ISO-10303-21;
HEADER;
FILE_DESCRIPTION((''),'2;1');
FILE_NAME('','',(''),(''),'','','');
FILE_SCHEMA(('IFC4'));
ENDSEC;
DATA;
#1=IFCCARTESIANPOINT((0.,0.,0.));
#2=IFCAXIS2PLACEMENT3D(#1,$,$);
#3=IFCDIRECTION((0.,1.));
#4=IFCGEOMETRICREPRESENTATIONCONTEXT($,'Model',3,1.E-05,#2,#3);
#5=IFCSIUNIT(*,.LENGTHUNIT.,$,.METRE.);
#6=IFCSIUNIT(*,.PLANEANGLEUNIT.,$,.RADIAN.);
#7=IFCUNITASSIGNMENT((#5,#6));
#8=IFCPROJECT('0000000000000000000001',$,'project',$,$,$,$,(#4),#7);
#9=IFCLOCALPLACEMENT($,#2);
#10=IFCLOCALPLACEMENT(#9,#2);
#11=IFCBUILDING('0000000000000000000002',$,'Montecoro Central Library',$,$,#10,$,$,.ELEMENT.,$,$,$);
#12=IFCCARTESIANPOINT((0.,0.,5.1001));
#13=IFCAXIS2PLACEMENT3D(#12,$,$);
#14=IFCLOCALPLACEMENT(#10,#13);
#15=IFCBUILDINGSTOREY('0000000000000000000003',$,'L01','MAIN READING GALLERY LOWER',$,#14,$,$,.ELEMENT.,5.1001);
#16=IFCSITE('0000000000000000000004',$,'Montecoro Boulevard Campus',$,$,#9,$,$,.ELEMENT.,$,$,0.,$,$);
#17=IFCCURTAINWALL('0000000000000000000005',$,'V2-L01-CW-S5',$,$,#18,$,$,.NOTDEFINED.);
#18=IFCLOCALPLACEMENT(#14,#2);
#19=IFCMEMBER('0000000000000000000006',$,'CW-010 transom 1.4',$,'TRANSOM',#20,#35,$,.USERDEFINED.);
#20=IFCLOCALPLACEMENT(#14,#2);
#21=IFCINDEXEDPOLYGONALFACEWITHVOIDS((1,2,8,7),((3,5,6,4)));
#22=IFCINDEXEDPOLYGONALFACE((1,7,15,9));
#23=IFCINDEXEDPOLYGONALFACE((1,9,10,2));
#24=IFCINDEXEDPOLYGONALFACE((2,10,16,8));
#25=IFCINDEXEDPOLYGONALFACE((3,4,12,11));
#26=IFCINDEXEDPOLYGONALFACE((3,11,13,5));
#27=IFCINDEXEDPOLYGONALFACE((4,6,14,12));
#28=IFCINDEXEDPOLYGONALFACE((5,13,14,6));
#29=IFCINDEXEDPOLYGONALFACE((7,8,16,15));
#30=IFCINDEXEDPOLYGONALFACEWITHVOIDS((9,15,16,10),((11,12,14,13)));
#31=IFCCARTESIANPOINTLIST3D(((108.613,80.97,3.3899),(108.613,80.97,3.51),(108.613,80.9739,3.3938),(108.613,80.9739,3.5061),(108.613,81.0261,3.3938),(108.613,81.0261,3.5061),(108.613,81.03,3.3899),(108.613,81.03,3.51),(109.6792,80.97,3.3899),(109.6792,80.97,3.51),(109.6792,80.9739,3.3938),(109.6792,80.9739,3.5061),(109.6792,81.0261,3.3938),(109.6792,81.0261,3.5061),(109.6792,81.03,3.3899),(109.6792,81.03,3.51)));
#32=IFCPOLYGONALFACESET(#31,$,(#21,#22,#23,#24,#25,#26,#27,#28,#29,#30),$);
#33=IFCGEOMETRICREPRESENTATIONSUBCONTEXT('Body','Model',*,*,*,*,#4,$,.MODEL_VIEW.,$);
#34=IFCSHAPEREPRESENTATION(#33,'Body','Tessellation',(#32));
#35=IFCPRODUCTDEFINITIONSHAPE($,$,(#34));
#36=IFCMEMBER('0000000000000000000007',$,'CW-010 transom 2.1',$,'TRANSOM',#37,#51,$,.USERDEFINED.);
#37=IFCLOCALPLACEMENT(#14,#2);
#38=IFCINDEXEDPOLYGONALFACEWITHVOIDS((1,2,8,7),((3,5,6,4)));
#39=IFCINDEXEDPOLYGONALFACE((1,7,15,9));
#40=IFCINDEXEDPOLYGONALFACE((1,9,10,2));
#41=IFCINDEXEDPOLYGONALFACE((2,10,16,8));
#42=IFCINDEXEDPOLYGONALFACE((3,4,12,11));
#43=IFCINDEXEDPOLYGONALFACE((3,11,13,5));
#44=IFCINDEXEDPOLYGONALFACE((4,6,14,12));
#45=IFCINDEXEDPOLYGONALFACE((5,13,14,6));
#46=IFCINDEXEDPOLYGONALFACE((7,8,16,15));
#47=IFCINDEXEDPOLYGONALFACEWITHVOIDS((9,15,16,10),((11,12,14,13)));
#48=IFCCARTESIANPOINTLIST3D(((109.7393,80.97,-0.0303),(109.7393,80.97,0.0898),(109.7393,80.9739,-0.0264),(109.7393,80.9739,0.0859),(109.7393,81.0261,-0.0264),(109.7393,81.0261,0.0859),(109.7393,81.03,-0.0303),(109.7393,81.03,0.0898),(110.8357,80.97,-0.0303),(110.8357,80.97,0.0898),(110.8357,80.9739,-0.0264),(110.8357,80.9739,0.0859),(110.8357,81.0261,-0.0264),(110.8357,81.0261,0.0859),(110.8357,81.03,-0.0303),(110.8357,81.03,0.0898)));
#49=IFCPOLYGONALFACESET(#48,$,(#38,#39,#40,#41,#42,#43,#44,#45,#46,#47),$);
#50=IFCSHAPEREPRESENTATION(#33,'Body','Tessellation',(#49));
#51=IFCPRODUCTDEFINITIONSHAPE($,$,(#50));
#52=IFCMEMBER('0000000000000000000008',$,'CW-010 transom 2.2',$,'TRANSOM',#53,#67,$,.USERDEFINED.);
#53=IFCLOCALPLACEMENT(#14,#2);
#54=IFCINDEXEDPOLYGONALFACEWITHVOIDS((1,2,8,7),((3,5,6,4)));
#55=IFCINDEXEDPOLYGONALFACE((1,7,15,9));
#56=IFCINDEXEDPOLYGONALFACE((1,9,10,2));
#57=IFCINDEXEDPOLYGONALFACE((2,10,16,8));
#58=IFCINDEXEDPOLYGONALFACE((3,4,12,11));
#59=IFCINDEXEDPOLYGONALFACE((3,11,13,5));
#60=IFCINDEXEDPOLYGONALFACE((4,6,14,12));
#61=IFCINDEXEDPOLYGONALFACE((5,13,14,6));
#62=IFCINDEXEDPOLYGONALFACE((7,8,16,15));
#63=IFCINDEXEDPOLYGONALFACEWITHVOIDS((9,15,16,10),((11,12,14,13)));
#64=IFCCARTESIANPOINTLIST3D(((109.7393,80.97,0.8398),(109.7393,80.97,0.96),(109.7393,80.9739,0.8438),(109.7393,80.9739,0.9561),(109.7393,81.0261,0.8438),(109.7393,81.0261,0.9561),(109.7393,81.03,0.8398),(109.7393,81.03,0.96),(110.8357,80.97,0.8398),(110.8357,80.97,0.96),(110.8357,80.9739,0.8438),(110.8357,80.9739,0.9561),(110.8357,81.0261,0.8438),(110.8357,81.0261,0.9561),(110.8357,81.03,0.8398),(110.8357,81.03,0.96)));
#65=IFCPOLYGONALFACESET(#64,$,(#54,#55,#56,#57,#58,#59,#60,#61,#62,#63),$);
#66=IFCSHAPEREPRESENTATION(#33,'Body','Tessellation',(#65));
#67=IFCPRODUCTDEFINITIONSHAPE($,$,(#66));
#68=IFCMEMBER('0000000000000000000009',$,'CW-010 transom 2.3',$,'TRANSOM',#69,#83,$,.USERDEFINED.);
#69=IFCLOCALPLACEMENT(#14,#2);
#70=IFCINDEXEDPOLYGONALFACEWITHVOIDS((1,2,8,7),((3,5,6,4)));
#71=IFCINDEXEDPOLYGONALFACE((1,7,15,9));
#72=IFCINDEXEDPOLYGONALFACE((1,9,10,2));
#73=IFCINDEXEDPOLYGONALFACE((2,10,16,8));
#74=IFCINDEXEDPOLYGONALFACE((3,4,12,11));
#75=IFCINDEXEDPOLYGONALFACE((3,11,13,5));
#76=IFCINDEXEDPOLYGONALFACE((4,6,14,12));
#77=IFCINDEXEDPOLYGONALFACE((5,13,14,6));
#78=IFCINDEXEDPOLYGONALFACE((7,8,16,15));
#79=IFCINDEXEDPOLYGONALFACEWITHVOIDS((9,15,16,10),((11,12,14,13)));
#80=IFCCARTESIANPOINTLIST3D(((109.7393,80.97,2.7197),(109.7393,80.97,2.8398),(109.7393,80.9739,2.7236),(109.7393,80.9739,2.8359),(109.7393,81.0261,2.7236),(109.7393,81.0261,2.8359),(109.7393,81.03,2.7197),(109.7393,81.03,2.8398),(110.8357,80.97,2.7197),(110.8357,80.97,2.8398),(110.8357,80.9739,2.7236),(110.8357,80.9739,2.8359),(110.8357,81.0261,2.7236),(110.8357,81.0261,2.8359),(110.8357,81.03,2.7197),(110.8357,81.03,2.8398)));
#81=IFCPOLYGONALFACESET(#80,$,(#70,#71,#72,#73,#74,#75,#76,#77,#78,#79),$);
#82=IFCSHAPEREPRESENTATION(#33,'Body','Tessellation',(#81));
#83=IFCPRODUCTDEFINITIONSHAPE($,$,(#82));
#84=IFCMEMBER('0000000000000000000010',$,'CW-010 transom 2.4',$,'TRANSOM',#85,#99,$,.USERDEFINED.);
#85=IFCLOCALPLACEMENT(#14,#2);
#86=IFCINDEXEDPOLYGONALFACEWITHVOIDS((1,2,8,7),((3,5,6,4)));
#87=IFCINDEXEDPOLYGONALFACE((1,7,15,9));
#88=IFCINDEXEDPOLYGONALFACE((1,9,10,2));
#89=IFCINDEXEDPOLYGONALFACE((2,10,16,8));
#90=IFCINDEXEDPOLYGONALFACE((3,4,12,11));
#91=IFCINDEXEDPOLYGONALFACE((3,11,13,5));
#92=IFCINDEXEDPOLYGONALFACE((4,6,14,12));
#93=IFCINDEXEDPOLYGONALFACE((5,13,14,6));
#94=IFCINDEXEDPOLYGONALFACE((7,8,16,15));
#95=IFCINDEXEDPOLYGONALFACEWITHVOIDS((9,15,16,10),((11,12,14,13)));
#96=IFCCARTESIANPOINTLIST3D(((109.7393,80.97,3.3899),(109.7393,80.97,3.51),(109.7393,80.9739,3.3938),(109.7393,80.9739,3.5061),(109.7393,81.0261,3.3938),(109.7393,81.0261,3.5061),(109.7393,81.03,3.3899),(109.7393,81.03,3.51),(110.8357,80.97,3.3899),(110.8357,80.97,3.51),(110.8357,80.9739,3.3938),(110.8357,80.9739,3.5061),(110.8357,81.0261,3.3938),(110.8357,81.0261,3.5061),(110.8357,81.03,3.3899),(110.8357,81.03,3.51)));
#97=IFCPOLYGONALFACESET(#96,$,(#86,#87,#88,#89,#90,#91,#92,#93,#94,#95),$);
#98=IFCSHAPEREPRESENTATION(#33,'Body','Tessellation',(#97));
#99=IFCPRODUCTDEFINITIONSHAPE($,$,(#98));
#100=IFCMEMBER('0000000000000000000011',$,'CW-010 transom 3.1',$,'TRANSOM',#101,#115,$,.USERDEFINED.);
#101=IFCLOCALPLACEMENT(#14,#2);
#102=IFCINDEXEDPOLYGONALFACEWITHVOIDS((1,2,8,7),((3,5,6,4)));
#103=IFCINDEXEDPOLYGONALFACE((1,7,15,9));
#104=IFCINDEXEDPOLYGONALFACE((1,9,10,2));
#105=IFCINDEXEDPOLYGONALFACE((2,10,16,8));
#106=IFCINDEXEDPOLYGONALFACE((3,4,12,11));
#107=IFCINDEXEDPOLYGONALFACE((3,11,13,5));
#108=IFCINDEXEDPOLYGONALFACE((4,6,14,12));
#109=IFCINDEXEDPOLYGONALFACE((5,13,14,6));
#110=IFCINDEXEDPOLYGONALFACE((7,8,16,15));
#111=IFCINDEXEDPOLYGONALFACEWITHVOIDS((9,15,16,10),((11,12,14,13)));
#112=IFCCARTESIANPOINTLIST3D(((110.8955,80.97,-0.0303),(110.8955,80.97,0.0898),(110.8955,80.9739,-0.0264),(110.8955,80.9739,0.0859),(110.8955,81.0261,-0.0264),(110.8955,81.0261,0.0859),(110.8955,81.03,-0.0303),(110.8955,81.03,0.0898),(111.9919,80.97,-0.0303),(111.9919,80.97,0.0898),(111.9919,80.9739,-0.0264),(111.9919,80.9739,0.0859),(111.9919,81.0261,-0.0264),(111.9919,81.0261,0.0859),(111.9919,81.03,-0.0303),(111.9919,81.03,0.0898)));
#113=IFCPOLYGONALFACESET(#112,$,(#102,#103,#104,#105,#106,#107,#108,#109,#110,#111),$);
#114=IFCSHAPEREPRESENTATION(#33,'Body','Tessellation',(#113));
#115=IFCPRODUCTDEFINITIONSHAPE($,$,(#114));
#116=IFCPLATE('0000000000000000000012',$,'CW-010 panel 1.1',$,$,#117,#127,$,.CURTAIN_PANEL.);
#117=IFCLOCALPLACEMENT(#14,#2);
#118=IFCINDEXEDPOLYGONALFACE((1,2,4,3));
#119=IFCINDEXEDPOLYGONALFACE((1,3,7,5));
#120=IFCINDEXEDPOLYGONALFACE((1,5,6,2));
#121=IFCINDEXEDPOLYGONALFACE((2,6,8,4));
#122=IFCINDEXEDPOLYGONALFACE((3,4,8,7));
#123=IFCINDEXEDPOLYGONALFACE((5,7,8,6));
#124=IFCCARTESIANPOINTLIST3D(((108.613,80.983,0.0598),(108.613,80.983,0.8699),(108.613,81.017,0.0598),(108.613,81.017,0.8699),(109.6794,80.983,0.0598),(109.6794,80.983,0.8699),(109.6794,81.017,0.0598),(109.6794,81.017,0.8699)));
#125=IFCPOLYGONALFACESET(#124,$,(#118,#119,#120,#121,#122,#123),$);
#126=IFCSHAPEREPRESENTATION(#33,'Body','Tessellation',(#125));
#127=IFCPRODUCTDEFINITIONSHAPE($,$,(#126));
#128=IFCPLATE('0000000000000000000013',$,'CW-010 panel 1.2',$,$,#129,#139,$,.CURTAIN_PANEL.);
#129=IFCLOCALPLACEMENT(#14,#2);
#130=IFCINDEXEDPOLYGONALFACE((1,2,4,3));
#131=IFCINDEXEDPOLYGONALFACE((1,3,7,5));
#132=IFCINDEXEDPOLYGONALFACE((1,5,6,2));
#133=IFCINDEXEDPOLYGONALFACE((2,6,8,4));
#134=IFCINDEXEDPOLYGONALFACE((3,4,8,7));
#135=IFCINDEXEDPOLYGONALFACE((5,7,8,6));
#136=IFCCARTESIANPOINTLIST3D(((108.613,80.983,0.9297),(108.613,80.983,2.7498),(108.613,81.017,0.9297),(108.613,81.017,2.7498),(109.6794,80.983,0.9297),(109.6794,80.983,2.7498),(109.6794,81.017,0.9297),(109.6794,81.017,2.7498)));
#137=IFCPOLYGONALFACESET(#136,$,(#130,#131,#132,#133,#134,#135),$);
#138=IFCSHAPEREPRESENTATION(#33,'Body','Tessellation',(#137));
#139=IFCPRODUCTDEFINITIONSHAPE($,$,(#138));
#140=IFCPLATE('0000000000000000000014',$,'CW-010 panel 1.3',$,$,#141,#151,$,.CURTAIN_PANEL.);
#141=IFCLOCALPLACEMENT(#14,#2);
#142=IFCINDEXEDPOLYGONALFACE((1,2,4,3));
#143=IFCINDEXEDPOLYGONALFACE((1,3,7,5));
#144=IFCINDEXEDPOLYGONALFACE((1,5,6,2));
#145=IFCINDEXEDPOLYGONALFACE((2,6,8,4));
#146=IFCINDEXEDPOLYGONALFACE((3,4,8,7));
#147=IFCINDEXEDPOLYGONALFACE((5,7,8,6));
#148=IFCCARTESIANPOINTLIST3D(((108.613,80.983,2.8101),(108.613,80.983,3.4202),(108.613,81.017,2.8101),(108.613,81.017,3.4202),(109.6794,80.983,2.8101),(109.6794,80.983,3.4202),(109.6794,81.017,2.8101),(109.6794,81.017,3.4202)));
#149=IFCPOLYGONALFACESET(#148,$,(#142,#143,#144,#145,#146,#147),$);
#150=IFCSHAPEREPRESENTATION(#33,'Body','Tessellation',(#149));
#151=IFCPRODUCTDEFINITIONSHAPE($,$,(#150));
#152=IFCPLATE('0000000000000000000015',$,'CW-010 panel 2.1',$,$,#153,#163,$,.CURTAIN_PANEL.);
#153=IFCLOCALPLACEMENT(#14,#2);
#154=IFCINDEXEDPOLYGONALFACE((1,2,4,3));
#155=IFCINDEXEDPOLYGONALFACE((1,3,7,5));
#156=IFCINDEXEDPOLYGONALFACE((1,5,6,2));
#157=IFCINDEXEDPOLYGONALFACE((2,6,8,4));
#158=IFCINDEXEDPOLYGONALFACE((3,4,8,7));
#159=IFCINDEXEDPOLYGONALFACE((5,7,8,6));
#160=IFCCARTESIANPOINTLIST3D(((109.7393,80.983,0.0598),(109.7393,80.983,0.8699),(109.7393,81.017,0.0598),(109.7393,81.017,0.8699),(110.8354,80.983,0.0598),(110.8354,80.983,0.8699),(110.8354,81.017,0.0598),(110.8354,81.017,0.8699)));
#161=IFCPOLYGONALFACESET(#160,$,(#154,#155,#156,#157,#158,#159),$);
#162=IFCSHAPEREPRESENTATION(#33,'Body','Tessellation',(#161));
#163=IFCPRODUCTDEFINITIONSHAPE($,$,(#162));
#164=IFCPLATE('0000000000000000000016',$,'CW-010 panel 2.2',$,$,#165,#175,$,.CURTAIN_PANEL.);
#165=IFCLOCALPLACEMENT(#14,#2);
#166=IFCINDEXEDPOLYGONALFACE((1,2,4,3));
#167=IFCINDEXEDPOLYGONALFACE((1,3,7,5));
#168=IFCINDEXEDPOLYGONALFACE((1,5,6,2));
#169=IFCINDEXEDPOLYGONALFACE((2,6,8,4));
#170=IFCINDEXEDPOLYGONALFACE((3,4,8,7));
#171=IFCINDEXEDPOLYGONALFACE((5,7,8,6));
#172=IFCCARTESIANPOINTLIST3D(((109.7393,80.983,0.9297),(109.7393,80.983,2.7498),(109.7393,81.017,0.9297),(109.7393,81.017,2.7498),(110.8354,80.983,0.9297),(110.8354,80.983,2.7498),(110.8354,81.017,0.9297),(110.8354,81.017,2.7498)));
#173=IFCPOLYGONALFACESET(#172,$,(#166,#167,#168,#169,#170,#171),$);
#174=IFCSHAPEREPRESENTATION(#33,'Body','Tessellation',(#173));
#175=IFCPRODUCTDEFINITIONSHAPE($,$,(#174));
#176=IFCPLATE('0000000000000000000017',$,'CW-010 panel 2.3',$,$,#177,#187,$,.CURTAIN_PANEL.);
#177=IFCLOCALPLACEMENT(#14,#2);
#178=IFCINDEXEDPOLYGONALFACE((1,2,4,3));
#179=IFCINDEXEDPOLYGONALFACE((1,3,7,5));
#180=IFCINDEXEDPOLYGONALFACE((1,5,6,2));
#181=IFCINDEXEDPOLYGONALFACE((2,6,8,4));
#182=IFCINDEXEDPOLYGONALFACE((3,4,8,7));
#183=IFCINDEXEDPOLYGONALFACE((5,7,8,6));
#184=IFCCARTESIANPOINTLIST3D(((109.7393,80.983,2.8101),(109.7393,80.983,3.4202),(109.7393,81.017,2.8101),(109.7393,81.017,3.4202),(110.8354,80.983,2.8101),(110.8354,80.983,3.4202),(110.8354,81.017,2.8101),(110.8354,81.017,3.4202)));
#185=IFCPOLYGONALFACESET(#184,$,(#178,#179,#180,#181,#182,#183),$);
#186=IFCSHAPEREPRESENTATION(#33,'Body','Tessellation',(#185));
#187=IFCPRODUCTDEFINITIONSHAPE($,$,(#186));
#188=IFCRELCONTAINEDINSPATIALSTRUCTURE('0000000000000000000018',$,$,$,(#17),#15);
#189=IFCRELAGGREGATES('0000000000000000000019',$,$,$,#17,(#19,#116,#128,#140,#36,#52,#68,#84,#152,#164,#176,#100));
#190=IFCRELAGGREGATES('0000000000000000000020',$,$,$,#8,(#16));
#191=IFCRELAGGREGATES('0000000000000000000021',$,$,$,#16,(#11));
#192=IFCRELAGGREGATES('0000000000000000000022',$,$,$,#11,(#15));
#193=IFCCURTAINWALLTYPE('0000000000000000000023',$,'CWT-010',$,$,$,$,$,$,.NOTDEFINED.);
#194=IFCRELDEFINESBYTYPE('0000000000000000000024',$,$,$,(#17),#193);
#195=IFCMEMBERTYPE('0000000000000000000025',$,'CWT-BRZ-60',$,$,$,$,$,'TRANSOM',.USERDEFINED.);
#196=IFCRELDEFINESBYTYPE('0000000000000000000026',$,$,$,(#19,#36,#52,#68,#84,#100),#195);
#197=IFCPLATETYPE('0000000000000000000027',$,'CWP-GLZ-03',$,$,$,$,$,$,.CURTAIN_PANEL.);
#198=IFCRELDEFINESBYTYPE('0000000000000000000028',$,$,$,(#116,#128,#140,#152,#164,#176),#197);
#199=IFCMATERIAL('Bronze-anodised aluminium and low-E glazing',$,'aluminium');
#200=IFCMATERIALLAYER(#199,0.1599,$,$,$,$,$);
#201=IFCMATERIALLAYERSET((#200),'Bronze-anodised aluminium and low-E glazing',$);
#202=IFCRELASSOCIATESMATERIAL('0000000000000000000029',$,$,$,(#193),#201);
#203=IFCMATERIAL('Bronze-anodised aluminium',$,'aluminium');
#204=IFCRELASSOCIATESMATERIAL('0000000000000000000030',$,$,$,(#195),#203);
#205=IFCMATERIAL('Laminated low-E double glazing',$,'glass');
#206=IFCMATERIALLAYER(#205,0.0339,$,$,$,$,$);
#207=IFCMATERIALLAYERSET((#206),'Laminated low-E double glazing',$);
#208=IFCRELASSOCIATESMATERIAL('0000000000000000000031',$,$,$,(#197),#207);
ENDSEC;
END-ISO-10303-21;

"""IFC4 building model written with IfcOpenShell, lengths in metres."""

from ifc_helpers import new_model, si_unit, direction, frame, origin, origin_2d, place, context, subcontext, project, spatial, rectangle, hollow_rectangle, extrude, material, layer, layer_set, material_profile, profile_set, type_object, element, aggregate, save


model = new_model("IFC4")

# Units and contexts
model_context = context("Model", 3, precision=1e-05, world=origin(), true_north=direction((0.0, 1.0)))
body_context = subcontext(model_context, "Body", "Model", "MODEL_VIEW")
ifc_project = project(units=[si_unit("LENGTHUNIT", "METRE"), si_unit("PLANEANGLEUNIT", "RADIAN")], contexts=[model_context])

# Site, building, storey
site_placement = place(None, origin())
site = spatial("IfcSite", under=ifc_project, at=site_placement, Name="Montecoro Boulevard Campus", CompositionType="ELEMENT", RefElevation=0.0)
building_placement = place(site_placement, origin())
building = spatial("IfcBuilding", under=site, at=building_placement, Name="Montecoro Central Library", CompositionType="ELEMENT")
storey_placement = place(building_placement, frame((0.0, 0.0, 5.1001)))
storey = spatial("IfcBuildingStorey", under=building, at=storey_placement, Name="L01", Description="MAIN READING GALLERY LOWER", CompositionType="ELEMENT", Elevation=5.1001)

# Curtain wall, members, plates
ifc_material_1 = material(Name="Bronze-anodised aluminium and low-E glazing", Category="aluminium")
ifc_layer_1 = layer(ifc_material_1, 0.1599)
ifc_layer_set_1 = layer_set([ifc_layer_1], Name="Bronze-anodised aluminium and low-E glazing")
curtain_wall_type = type_object("IfcCurtainWallType", Name="CWT-010", PredefinedType="NOTDEFINED", material=ifc_layer_set_1)
curtain_wall_placement = place(storey_placement, origin())
curtain_wall = element("IfcCurtainWall", 1, at=curtain_wall_placement, inside=storey, type_object=curtain_wall_type, Name="V2-L01-CW-S5", PredefinedType="NOTDEFINED")
ifc_material_2 = material(Name="Bronze-anodised aluminium", Category="aluminium")
ifc_material_profile_1 = material_profile(ifc_material_2, hollow_rectangle(XDim=0.0601, YDim=0.1201, WallThickness=0.0039, at=origin_2d()), Name="CWT 120x60x4.0")
ifc_profile_set_1 = profile_set([ifc_material_profile_1], Name="Bronze-anodised aluminium")
member_type_1 = type_object("IfcMemberType", Name="CWT-BRZ-60", ElementType="TRANSOM", PredefinedType="USERDEFINED", material=ifc_profile_set_1)
member_1_placement = place(storey_placement, frame((108.613, 81.0, 3.45), z_axis=(1.0, 0.0, 0.0), x_axis=(0.0, 1.0, 0.0)))
member_1 = element("IfcMember", 2, at=member_1_placement, type_object=member_type_1, Name="CW-010 transom 1.4", ObjectType="TRANSOM", PredefinedType="USERDEFINED", context=body_context, shape_type="SweptSolid", body=[
    extrude(hollow_rectangle(XDim=0.0601, YDim=0.1201, WallThickness=0.0039, at=origin_2d()), origin(), (0.0, 0.0, 1.0), 1.0662),
])
member_2_placement = place(storey_placement, frame((109.7393, 81.0, 0.0298), z_axis=(1.0, 0.0, 0.0), x_axis=(0.0, 1.0, 0.0)))
member_2 = element("IfcMember", 3, at=member_2_placement, type_object=member_type_1, Name="CW-010 transom 2.1", ObjectType="TRANSOM", PredefinedType="USERDEFINED", context=body_context, shape_type="SweptSolid", body=[
    extrude(hollow_rectangle(XDim=0.0601, YDim=0.1201, WallThickness=0.0039, at=origin_2d()), origin(), (0.0, 0.0, 1.0), 1.0964),
])
member_3_placement = place(storey_placement, frame((109.7393, 81.0, 0.8999), z_axis=(1.0, 0.0, 0.0), x_axis=(0.0, 1.0, 0.0)))
member_3 = element("IfcMember", 4, at=member_3_placement, type_object=member_type_1, Name="CW-010 transom 2.2", ObjectType="TRANSOM", PredefinedType="USERDEFINED", context=body_context, shape_type="SweptSolid", body=[
    extrude(hollow_rectangle(XDim=0.0601, YDim=0.1201, WallThickness=0.0039, at=origin_2d()), origin(), (0.0, 0.0, 1.0), 1.0964),
])
member_4_placement = place(storey_placement, frame((109.7393, 81.0, 2.7798), z_axis=(1.0, 0.0, 0.0), x_axis=(0.0, 1.0, 0.0)))
member_4 = element("IfcMember", 5, at=member_4_placement, type_object=member_type_1, Name="CW-010 transom 2.3", ObjectType="TRANSOM", PredefinedType="USERDEFINED", context=body_context, shape_type="SweptSolid", body=[
    extrude(hollow_rectangle(XDim=0.0601, YDim=0.1201, WallThickness=0.0039, at=origin_2d()), origin(), (0.0, 0.0, 1.0), 1.0964),
])
member_5_placement = place(storey_placement, frame((109.7393, 81.0, 3.45), z_axis=(1.0, 0.0, 0.0), x_axis=(0.0, 1.0, 0.0)))
member_5 = element("IfcMember", 6, at=member_5_placement, type_object=member_type_1, Name="CW-010 transom 2.4", ObjectType="TRANSOM", PredefinedType="USERDEFINED", context=body_context, shape_type="SweptSolid", body=[
    extrude(hollow_rectangle(XDim=0.0601, YDim=0.1201, WallThickness=0.0039, at=origin_2d()), origin(), (0.0, 0.0, 1.0), 1.0964),
])
member_6_placement = place(storey_placement, frame((110.8955, 81.0, 0.0298), z_axis=(1.0, 0.0, 0.0), x_axis=(0.0, 1.0, 0.0)))
member_6 = element("IfcMember", 7, at=member_6_placement, type_object=member_type_1, Name="CW-010 transom 3.1", ObjectType="TRANSOM", PredefinedType="USERDEFINED", context=body_context, shape_type="SweptSolid", body=[
    extrude(hollow_rectangle(XDim=0.0601, YDim=0.1201, WallThickness=0.0039, at=origin_2d()), origin(), (0.0, 0.0, 1.0), 1.0964),
])
ifc_material_3 = material(Name="Laminated low-E double glazing", Category="glass")
ifc_layer_2 = layer(ifc_material_3, 0.0339)
ifc_layer_set_2 = layer_set([ifc_layer_2], Name="Laminated low-E double glazing")
plate_type_1 = type_object("IfcPlateType", Name="CWP-GLZ-03", PredefinedType="CURTAIN_PANEL", material=ifc_layer_set_2)
plate_1_placement = place(storey_placement, frame((109.1462, 81.0, 0.0598), z_axis=(0.0, 0.0, 1.0), x_axis=(1.0, 0.0, 0.0)))
plate_1 = element("IfcPlate", 8, at=plate_1_placement, type_object=plate_type_1, Name="CW-010 panel 1.1", PredefinedType="CURTAIN_PANEL", context=body_context, shape_type="SweptSolid", body=[
    extrude(rectangle(XDim=1.0664, YDim=0.0339, at=origin_2d()), origin(), (0.0, 0.0, 1.0), 0.8101),
])
plate_2_placement = place(storey_placement, frame((109.1462, 81.0, 0.9297), z_axis=(0.0, 0.0, 1.0), x_axis=(1.0, 0.0, 0.0)))
plate_2 = element("IfcPlate", 9, at=plate_2_placement, type_object=plate_type_1, Name="CW-010 panel 1.2", PredefinedType="CURTAIN_PANEL", context=body_context, shape_type="SweptSolid", body=[
    extrude(rectangle(XDim=1.0664, YDim=0.0339, at=origin_2d()), origin(), (0.0, 0.0, 1.0), 1.8201),
])
plate_3_placement = place(storey_placement, frame((109.1462, 81.0, 2.8101), z_axis=(0.0, 0.0, 1.0), x_axis=(1.0, 0.0, 0.0)))
plate_3 = element("IfcPlate", 10, at=plate_3_placement, type_object=plate_type_1, Name="CW-010 panel 1.3", PredefinedType="CURTAIN_PANEL", context=body_context, shape_type="SweptSolid", body=[
    extrude(rectangle(XDim=1.0664, YDim=0.0339, at=origin_2d()), origin(), (0.0, 0.0, 1.0), 0.6101),
])
plate_4_placement = place(storey_placement, frame((110.2874, 81.0, 0.0598), z_axis=(0.0, 0.0, 1.0), x_axis=(1.0, 0.0, 0.0)))
plate_4 = element("IfcPlate", 11, at=plate_4_placement, type_object=plate_type_1, Name="CW-010 panel 2.1", PredefinedType="CURTAIN_PANEL", context=body_context, shape_type="SweptSolid", body=[
    extrude(rectangle(XDim=1.0962, YDim=0.0339, at=origin_2d()), origin(), (0.0, 0.0, 1.0), 0.8101),
])
plate_5_placement = place(storey_placement, frame((110.2874, 81.0, 0.9297), z_axis=(0.0, 0.0, 1.0), x_axis=(1.0, 0.0, 0.0)))
plate_5 = element("IfcPlate", 12, at=plate_5_placement, type_object=plate_type_1, Name="CW-010 panel 2.2", PredefinedType="CURTAIN_PANEL", context=body_context, shape_type="SweptSolid", body=[
    extrude(rectangle(XDim=1.0962, YDim=0.0339, at=origin_2d()), origin(), (0.0, 0.0, 1.0), 1.8201),
])
plate_6_placement = place(storey_placement, frame((110.2874, 81.0, 2.8101), z_axis=(0.0, 0.0, 1.0), x_axis=(1.0, 0.0, 0.0)))
plate_6 = element("IfcPlate", 13, at=plate_6_placement, type_object=plate_type_1, Name="CW-010 panel 2.3", PredefinedType="CURTAIN_PANEL", context=body_context, shape_type="SweptSolid", body=[
    extrude(rectangle(XDim=1.0962, YDim=0.0339, at=origin_2d()), origin(), (0.0, 0.0, 1.0), 0.6101),
])
aggregate(curtain_wall, [member_1, plate_1, plate_2, plate_3, member_2, member_3, member_4, member_5, plate_4, plate_5, plate_6, member_6])

save(model, "model.ifc")
